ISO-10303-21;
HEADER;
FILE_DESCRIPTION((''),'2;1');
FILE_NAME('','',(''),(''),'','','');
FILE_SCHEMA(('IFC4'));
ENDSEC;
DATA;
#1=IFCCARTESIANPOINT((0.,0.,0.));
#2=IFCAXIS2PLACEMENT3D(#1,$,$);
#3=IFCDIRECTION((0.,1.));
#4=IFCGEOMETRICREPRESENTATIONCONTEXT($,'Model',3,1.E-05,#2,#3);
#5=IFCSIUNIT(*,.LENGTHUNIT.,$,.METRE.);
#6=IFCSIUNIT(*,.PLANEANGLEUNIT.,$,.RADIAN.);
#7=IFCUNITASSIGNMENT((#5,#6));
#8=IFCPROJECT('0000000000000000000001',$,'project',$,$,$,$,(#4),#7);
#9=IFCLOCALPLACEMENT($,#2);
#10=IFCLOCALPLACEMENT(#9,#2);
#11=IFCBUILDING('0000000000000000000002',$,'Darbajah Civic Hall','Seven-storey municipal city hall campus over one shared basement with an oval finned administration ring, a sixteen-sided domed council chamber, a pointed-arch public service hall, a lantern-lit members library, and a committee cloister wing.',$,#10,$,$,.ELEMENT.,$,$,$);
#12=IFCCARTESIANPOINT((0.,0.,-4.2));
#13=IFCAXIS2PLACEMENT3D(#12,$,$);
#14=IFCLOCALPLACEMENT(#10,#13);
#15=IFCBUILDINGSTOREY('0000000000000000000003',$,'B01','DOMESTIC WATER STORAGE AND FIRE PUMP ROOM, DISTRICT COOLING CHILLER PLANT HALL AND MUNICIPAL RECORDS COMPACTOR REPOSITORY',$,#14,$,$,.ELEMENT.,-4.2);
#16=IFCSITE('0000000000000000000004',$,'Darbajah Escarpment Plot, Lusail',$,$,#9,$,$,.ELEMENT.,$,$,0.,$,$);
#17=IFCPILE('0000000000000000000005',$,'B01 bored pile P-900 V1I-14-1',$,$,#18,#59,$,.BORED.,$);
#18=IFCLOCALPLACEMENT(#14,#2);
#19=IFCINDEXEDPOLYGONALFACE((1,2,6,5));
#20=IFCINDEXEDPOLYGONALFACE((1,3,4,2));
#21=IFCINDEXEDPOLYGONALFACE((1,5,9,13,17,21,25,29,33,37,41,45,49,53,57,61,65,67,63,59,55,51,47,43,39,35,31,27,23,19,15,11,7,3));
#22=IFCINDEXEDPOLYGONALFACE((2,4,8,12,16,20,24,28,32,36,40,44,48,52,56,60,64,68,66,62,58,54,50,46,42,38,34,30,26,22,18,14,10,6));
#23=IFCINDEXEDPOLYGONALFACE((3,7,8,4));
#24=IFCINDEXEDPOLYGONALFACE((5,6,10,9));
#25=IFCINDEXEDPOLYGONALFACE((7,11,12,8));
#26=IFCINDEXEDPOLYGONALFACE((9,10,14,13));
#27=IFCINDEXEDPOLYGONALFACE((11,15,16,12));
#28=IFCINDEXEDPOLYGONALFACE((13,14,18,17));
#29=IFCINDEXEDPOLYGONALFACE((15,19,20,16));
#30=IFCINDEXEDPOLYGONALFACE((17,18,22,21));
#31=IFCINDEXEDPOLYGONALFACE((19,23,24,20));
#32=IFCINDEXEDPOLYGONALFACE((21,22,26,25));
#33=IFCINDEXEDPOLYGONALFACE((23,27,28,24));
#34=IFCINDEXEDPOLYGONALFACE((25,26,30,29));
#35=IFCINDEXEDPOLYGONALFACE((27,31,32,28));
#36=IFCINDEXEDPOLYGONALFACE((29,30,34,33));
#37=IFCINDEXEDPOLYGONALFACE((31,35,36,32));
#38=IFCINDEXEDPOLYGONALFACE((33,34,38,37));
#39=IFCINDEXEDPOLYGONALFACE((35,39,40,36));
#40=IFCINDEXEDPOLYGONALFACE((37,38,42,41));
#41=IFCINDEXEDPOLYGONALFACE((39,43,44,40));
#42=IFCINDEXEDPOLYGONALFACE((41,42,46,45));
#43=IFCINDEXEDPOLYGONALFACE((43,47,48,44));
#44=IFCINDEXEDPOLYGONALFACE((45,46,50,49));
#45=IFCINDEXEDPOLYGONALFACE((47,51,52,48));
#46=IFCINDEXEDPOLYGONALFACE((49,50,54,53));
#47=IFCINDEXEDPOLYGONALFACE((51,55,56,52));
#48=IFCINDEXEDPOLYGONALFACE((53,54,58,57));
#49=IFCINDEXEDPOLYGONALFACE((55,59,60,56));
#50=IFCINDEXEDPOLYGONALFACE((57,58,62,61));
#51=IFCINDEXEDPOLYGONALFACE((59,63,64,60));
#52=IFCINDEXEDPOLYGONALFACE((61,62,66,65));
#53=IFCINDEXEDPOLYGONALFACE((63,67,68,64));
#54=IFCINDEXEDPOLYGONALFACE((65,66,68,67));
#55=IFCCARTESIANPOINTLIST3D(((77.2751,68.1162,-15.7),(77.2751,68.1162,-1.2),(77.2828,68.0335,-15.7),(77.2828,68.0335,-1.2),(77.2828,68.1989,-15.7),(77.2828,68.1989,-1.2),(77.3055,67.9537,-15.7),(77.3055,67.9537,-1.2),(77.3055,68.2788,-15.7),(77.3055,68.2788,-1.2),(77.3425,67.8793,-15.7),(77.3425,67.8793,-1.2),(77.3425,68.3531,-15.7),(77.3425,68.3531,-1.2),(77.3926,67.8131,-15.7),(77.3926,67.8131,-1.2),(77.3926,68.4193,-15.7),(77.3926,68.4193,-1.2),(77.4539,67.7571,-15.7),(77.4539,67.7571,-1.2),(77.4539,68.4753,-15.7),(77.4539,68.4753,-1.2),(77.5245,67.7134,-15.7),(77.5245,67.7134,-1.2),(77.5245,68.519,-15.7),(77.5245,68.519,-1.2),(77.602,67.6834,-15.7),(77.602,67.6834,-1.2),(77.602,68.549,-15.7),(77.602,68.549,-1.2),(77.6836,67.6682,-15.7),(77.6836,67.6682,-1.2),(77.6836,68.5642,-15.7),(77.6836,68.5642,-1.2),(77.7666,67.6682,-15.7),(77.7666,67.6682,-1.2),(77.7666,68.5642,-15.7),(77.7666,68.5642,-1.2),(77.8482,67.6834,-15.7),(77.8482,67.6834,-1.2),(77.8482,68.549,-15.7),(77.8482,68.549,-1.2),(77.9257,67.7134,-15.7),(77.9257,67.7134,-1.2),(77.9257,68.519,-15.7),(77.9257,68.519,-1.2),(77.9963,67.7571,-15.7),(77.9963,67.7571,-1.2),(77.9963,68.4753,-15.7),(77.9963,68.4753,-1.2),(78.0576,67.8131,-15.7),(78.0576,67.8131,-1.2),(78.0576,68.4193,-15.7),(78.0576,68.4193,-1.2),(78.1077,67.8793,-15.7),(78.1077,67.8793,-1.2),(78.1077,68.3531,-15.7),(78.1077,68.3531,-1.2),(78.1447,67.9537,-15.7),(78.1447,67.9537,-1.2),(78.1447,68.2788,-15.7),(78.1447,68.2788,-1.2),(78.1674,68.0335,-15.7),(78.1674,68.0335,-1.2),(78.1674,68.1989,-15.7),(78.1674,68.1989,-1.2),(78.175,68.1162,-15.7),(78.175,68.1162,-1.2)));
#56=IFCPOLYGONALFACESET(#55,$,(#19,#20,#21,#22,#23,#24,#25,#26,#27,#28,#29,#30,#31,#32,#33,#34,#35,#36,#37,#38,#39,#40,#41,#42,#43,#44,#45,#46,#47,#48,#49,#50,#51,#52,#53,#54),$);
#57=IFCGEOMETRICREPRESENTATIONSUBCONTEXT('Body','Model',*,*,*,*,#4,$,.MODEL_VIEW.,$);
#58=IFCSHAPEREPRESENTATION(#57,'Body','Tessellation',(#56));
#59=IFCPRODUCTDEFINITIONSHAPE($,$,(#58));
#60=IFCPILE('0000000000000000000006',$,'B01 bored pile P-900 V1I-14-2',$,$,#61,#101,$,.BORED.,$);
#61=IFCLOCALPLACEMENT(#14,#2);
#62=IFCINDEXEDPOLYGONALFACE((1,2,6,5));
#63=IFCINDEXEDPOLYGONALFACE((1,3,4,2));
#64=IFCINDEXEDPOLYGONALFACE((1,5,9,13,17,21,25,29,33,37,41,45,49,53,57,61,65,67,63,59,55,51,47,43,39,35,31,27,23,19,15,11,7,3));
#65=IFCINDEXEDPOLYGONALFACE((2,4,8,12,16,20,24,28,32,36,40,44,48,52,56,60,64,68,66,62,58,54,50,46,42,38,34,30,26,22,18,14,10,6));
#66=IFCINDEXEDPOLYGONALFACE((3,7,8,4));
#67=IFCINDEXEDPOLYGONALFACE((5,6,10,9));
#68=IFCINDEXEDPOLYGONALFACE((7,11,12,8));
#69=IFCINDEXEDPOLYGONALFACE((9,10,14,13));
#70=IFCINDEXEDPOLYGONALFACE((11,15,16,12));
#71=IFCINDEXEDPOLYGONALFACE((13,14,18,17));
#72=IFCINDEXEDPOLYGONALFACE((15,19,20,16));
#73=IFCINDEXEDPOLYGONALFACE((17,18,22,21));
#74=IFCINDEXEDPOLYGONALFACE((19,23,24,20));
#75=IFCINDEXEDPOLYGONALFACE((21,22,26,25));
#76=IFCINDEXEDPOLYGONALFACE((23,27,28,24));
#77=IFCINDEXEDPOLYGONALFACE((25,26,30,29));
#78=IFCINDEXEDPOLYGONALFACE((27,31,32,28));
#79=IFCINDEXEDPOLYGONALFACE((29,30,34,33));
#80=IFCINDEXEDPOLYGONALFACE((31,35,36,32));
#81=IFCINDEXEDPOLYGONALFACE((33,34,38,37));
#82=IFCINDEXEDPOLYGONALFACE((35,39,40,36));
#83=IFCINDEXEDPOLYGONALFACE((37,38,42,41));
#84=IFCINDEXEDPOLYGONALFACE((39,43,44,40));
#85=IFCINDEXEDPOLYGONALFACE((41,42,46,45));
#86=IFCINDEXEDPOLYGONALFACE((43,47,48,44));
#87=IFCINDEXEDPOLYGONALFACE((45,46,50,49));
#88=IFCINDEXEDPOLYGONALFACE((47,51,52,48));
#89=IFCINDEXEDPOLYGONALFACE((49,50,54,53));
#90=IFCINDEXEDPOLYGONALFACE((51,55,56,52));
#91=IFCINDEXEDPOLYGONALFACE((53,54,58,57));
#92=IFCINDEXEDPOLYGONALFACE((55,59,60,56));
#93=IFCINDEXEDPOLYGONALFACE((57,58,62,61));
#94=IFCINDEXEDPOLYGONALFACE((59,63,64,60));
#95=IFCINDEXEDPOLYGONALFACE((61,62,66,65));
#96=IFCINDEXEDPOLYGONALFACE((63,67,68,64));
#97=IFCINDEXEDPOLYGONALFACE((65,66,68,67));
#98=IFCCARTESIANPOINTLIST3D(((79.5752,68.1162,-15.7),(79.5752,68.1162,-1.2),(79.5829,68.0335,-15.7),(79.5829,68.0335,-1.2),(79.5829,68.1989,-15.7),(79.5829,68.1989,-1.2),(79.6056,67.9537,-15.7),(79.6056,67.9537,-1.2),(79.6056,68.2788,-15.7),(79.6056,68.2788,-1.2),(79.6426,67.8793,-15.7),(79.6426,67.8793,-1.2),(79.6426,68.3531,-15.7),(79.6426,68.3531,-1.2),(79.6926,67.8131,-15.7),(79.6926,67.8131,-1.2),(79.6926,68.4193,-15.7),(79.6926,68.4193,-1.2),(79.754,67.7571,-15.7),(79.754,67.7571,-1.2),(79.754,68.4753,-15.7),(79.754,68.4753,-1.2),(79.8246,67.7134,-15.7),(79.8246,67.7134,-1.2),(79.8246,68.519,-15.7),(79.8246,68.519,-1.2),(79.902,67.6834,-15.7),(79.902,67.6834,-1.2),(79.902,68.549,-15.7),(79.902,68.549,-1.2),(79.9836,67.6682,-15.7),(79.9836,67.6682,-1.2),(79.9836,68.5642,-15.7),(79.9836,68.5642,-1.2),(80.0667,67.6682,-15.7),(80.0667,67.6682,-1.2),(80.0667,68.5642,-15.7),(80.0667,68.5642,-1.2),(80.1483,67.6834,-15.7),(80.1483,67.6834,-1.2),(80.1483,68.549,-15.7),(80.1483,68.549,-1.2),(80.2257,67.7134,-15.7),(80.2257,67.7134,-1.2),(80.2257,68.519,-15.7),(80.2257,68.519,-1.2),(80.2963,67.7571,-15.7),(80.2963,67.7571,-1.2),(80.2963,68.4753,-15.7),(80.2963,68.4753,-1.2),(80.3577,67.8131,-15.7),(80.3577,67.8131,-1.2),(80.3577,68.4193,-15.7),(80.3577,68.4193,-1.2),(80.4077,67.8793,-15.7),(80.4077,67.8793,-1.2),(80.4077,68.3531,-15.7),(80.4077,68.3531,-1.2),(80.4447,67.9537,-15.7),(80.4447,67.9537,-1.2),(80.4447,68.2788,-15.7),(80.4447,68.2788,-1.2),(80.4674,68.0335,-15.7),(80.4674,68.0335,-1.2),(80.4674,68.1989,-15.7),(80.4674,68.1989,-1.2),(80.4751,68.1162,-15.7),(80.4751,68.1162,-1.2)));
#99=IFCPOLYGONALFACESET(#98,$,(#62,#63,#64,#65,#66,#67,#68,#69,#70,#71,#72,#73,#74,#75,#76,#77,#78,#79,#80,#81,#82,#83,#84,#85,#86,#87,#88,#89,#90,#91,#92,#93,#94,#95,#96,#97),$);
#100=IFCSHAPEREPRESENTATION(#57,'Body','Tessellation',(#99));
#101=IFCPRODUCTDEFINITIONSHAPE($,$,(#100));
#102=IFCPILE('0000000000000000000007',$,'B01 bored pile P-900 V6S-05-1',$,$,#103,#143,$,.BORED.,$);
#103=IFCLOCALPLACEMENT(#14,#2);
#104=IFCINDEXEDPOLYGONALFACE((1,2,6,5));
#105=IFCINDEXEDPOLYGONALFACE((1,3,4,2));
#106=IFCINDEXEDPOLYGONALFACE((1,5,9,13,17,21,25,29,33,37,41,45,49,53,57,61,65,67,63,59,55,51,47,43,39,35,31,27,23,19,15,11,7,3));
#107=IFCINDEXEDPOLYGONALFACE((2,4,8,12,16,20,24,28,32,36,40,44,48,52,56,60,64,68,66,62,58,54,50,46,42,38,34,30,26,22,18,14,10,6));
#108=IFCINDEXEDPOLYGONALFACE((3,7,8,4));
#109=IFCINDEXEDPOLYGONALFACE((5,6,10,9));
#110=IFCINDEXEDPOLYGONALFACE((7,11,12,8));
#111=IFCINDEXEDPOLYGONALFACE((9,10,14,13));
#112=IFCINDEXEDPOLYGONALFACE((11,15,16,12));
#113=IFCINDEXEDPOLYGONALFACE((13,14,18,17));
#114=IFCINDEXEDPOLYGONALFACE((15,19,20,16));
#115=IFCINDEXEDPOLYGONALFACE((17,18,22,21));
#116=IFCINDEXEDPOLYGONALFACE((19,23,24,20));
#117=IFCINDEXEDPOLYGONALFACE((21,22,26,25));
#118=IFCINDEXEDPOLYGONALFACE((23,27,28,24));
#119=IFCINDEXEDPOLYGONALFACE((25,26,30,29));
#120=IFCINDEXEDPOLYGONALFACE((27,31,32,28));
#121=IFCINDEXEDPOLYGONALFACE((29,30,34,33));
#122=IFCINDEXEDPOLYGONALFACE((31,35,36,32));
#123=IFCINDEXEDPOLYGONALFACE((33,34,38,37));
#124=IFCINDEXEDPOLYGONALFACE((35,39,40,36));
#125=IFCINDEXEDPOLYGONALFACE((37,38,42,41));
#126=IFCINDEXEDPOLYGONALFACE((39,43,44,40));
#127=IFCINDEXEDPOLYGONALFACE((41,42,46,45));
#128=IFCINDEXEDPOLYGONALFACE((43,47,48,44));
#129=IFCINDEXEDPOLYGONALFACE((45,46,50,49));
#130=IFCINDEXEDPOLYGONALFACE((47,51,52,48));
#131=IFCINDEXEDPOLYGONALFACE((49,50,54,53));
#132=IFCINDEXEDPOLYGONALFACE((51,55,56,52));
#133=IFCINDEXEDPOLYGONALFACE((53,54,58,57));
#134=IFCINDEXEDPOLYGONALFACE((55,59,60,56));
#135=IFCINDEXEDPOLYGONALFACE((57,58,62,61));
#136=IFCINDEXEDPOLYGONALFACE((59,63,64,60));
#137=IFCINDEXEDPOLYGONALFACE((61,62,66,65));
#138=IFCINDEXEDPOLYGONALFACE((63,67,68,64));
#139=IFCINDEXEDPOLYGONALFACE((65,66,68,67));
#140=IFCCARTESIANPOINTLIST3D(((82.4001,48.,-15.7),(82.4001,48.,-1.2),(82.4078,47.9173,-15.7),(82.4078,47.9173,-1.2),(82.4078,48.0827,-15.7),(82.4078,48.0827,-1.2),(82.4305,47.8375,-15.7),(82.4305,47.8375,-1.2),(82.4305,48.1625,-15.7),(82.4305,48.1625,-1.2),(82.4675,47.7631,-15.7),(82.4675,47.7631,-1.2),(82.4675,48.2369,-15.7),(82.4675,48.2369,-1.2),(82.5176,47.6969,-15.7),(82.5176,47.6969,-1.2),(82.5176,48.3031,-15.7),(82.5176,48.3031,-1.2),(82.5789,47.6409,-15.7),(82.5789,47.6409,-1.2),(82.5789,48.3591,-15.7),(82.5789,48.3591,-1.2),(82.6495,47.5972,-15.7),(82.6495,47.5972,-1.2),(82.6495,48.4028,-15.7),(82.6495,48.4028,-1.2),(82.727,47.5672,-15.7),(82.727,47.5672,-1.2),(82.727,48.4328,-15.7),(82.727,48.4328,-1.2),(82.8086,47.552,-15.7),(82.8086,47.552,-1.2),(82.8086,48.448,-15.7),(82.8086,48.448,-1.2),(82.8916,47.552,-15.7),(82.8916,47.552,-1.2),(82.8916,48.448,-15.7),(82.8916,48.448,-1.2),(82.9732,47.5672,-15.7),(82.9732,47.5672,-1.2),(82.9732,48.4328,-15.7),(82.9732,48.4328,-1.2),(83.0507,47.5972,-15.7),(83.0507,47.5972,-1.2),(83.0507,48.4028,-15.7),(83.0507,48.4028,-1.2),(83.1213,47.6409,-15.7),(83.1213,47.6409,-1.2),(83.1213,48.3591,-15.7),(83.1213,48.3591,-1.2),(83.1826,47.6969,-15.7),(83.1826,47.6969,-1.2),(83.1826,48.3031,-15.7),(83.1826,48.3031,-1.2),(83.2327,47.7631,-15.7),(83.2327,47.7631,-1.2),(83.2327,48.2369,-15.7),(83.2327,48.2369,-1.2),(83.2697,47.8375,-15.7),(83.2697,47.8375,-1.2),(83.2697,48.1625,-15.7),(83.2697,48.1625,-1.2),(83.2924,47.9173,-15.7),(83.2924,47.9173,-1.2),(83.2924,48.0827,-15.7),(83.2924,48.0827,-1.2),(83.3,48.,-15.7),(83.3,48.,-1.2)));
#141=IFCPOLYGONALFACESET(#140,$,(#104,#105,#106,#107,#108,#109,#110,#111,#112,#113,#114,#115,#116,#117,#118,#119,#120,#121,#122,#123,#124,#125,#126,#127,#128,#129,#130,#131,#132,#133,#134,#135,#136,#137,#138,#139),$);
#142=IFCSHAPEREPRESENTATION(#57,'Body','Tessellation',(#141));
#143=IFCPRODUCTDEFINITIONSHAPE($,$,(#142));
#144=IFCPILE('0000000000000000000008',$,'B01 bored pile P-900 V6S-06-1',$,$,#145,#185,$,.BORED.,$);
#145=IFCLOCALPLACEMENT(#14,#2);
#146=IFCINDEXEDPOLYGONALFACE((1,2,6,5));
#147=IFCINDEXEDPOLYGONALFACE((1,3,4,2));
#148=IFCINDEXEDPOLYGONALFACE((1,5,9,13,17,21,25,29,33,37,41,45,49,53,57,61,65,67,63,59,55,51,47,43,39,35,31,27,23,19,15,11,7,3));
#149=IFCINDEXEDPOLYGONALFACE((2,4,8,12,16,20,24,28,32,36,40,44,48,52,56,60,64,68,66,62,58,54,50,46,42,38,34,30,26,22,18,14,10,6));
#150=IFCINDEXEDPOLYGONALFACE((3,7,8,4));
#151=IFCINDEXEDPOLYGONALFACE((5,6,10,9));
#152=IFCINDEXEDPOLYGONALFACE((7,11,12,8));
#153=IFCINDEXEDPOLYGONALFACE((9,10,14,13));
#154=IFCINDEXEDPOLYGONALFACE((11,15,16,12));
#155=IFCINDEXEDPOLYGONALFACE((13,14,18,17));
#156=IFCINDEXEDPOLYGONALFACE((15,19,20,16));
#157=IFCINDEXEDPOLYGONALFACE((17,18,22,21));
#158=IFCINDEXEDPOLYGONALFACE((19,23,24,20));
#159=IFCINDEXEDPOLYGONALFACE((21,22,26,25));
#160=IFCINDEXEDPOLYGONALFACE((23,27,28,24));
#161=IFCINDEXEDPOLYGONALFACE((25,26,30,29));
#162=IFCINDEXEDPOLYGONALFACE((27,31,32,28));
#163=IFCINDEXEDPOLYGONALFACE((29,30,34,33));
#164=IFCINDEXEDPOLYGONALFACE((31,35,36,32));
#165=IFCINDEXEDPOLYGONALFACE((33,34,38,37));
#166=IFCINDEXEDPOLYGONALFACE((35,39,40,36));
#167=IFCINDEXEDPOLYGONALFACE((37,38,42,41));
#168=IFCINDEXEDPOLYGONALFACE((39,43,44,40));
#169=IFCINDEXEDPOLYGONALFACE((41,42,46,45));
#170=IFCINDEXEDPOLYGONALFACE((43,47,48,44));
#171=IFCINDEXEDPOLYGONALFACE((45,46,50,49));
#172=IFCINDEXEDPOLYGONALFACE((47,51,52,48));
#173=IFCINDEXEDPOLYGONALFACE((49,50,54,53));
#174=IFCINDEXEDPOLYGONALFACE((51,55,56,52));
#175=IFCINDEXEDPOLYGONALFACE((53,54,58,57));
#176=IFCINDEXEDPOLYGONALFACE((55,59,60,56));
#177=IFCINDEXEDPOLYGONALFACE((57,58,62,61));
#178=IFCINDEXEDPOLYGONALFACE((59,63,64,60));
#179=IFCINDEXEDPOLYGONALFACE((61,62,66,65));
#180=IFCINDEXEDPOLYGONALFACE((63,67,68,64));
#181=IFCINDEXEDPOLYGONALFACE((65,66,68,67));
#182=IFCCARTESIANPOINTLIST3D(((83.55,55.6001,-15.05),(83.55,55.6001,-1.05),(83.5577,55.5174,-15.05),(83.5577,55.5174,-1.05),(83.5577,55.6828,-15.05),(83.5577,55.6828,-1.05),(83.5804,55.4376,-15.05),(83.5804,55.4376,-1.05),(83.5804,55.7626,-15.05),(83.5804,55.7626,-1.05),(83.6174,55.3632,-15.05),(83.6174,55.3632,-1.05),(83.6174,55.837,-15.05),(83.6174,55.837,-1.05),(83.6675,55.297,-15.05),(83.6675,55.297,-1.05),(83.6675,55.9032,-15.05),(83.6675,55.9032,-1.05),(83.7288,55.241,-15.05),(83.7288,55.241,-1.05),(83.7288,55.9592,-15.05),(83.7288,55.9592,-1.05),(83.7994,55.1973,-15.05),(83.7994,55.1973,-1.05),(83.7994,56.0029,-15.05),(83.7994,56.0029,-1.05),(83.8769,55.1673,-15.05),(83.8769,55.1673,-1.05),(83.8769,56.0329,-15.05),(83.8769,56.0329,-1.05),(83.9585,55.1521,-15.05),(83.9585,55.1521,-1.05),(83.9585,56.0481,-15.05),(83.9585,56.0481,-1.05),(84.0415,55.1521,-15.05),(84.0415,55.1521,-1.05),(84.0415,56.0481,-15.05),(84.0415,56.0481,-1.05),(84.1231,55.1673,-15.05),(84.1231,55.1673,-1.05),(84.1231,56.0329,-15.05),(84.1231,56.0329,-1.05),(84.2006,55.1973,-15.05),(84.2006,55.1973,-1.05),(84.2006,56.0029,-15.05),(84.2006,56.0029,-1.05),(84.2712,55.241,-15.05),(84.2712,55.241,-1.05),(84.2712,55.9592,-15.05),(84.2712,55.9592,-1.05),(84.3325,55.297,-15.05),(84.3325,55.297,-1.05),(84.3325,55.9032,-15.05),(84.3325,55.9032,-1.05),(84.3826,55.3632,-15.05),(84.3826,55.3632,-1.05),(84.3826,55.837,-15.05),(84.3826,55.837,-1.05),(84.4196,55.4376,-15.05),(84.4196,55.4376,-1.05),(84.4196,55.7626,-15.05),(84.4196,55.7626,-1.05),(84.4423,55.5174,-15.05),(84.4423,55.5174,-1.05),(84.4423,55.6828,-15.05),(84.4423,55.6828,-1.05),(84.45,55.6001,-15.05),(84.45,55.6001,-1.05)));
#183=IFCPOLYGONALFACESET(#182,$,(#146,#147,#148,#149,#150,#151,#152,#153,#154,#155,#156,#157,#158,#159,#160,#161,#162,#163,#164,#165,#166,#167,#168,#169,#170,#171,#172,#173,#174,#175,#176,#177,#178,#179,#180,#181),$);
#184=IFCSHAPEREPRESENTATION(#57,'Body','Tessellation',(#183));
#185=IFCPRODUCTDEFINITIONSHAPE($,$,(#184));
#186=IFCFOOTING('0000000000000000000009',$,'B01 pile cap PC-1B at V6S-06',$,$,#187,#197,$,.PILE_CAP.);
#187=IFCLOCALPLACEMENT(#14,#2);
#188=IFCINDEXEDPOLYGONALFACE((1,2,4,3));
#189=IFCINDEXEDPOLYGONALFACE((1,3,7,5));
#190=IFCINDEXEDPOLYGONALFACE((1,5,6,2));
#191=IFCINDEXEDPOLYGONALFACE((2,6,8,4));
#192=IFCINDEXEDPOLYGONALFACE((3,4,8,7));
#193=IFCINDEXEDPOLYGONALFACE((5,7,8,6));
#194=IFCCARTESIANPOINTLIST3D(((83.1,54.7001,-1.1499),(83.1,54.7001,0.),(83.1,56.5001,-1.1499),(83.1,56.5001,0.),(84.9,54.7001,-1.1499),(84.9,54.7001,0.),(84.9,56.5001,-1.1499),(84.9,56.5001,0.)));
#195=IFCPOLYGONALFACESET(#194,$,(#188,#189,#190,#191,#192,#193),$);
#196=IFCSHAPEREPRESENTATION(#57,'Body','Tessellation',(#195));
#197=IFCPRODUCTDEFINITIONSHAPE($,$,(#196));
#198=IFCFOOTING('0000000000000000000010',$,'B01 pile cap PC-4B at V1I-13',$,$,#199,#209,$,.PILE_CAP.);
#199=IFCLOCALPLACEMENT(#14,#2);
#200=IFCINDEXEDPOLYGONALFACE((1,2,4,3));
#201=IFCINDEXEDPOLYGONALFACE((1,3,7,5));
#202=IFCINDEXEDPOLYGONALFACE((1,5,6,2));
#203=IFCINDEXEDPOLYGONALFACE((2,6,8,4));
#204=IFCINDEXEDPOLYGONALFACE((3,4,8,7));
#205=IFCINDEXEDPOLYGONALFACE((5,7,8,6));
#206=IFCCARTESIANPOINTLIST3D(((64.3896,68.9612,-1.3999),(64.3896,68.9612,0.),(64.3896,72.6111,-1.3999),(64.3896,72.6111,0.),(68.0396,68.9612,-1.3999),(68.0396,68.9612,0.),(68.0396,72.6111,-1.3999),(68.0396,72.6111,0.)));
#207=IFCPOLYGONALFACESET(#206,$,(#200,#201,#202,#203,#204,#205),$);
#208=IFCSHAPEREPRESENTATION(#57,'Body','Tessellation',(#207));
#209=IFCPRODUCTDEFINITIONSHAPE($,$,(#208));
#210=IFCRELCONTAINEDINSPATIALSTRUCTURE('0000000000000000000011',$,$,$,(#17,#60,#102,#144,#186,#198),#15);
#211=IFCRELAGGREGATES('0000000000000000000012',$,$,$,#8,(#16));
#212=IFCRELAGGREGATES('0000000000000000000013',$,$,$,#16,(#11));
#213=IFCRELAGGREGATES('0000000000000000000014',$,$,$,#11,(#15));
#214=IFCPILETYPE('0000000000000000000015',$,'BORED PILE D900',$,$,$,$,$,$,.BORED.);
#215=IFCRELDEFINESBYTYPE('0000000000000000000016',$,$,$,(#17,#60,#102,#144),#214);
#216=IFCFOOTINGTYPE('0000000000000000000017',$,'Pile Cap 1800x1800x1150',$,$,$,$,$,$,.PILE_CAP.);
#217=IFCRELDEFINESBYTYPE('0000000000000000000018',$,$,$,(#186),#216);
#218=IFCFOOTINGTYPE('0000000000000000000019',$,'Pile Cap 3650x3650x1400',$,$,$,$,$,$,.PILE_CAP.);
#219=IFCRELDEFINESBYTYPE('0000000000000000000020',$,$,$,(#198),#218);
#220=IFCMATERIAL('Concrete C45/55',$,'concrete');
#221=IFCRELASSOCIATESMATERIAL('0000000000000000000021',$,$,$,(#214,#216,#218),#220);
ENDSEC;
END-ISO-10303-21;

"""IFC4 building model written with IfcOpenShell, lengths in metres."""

from ifc_helpers import new_model, si_unit, direction, frame, origin, origin_2d, place, context, subcontext, project, spatial, rectangle, circle, extrude, material, material_profile, profile_set, type_object, element, save


model = new_model("IFC4")

# Units and contexts
model_context = context("Model", 3, precision=1e-05, world=origin(), true_north=direction((0.0, 1.0)))
body_context = subcontext(model_context, "Body", "Model", "MODEL_VIEW")
ifc_project = project(units=[si_unit("LENGTHUNIT", "METRE"), si_unit("PLANEANGLEUNIT", "RADIAN")], contexts=[model_context])

# Site, building, storey
site_placement = place(None, origin())
site = spatial("IfcSite", under=ifc_project, at=site_placement, Name="Darbajah Escarpment Plot, Lusail", CompositionType="ELEMENT", RefElevation=0.0)
building_placement = place(site_placement, origin())
building = spatial("IfcBuilding", under=site, at=building_placement, Name="Darbajah Civic Hall", Description="Seven-storey municipal city hall campus over one shared basement with an oval finned administration ring, a sixteen-sided domed council chamber, a pointed-arch public service hall, a lantern-lit members library, and a committee cloister wing.", CompositionType="ELEMENT")
storey_placement = place(building_placement, frame((0.0, 0.0, -4.2)))
storey = spatial("IfcBuildingStorey", under=building, at=storey_placement, Name="B01", Description="DOMESTIC WATER STORAGE AND FIRE PUMP ROOM, DISTRICT COOLING CHILLER PLANT HALL AND MUNICIPAL RECORDS COMPACTOR REPOSITORY", CompositionType="ELEMENT", Elevation=-4.2)

# Piles
ifc_material_1 = material(Name="Concrete C45/55", Category="concrete")
ifc_material_profile_1 = material_profile(ifc_material_1, circle(Radius=0.45, at=origin_2d()), Name="BORED PILE D900")
ifc_profile_set_1 = profile_set([ifc_material_profile_1], Name="Concrete C45/55")
pile_type_1 = type_object("IfcPileType", Name="BORED PILE D900", PredefinedType="BORED", material=ifc_profile_set_1)
for number, where, z_axis, x_axis, name in (
    (1, (77.7251, 68.1162, -1.2), (0.0, 0.0, -1.0), (1.0, 0.0, 0.0), "B01 bored pile P-900 V1I-14-1"),
    (2, (80.0251, 68.1162, -1.2), (0.0, 0.0, -1.0), (1.0, 0.0, 0.0), "B01 bored pile P-900 V1I-14-2"),
    (3, (82.8501, 48.0, -1.2), (0.0, 0.0, -1.0), (1.0, 0.0, 0.0), "B01 bored pile P-900 V6S-05-1"),
):
    element("IfcPile", number, at=place(storey_placement, frame(where, z_axis=z_axis, x_axis=x_axis)), inside=storey, type_object=pile_type_1, Name=name, PredefinedType="BORED", context=body_context, shape_type="SweptSolid", body=[
        extrude(circle(Radius=0.45, at=origin_2d()), origin(), (0.0, 0.0, 1.0), 14.5),
    ])
pile_1_placement = place(storey_placement, frame((84.0, 55.6001, -1.05), z_axis=(0.0, 0.0, -1.0), x_axis=(1.0, 0.0, 0.0)))
element("IfcPile", 4, at=pile_1_placement, inside=storey, type_object=pile_type_1, Name="B01 bored pile P-900 V6S-06-1", PredefinedType="BORED", context=body_context, shape_type="SweptSolid", body=[
    extrude(circle(Radius=0.45, at=origin_2d()), origin(), (0.0, 0.0, 1.0), 14.0),
])

# Footings
footing_type_1 = type_object("IfcFootingType", Name="Pile Cap 1800x1800x1150", PredefinedType="PILE_CAP", material=ifc_material_1)
footing_1_placement = place(storey_placement, frame((84.0, 55.6001, -1.1499), z_axis=(0.0, 0.0, 1.0), x_axis=(1.0, 0.0, 0.0)))
element("IfcFooting", 5, at=footing_1_placement, inside=storey, type_object=footing_type_1, Name="B01 pile cap PC-1B at V6S-06", PredefinedType="PILE_CAP", context=body_context, shape_type="SweptSolid", body=[
    extrude(rectangle(XDim=1.8, YDim=1.8, at=origin_2d()), origin(), (0.0, 0.0, 1.0), 1.1499),
])
footing_type_2 = type_object("IfcFootingType", Name="Pile Cap 3650x3650x1400", PredefinedType="PILE_CAP", material=ifc_material_1)
footing_2_placement = place(storey_placement, frame((66.2146, 70.7861, -1.3999), z_axis=(0.0, 0.0, 1.0), x_axis=(1.0, 0.0, 0.0)))
element("IfcFooting", 6, at=footing_2_placement, inside=storey, type_object=footing_type_2, Name="B01 pile cap PC-4B at V1I-13", PredefinedType="PILE_CAP", context=body_context, shape_type="SweptSolid", body=[
    extrude(rectangle(XDim=3.6499, YDim=3.6499, at=origin_2d()), origin(), (0.0, 0.0, 1.0), 1.3999),
])

save(model, "model.ifc")
